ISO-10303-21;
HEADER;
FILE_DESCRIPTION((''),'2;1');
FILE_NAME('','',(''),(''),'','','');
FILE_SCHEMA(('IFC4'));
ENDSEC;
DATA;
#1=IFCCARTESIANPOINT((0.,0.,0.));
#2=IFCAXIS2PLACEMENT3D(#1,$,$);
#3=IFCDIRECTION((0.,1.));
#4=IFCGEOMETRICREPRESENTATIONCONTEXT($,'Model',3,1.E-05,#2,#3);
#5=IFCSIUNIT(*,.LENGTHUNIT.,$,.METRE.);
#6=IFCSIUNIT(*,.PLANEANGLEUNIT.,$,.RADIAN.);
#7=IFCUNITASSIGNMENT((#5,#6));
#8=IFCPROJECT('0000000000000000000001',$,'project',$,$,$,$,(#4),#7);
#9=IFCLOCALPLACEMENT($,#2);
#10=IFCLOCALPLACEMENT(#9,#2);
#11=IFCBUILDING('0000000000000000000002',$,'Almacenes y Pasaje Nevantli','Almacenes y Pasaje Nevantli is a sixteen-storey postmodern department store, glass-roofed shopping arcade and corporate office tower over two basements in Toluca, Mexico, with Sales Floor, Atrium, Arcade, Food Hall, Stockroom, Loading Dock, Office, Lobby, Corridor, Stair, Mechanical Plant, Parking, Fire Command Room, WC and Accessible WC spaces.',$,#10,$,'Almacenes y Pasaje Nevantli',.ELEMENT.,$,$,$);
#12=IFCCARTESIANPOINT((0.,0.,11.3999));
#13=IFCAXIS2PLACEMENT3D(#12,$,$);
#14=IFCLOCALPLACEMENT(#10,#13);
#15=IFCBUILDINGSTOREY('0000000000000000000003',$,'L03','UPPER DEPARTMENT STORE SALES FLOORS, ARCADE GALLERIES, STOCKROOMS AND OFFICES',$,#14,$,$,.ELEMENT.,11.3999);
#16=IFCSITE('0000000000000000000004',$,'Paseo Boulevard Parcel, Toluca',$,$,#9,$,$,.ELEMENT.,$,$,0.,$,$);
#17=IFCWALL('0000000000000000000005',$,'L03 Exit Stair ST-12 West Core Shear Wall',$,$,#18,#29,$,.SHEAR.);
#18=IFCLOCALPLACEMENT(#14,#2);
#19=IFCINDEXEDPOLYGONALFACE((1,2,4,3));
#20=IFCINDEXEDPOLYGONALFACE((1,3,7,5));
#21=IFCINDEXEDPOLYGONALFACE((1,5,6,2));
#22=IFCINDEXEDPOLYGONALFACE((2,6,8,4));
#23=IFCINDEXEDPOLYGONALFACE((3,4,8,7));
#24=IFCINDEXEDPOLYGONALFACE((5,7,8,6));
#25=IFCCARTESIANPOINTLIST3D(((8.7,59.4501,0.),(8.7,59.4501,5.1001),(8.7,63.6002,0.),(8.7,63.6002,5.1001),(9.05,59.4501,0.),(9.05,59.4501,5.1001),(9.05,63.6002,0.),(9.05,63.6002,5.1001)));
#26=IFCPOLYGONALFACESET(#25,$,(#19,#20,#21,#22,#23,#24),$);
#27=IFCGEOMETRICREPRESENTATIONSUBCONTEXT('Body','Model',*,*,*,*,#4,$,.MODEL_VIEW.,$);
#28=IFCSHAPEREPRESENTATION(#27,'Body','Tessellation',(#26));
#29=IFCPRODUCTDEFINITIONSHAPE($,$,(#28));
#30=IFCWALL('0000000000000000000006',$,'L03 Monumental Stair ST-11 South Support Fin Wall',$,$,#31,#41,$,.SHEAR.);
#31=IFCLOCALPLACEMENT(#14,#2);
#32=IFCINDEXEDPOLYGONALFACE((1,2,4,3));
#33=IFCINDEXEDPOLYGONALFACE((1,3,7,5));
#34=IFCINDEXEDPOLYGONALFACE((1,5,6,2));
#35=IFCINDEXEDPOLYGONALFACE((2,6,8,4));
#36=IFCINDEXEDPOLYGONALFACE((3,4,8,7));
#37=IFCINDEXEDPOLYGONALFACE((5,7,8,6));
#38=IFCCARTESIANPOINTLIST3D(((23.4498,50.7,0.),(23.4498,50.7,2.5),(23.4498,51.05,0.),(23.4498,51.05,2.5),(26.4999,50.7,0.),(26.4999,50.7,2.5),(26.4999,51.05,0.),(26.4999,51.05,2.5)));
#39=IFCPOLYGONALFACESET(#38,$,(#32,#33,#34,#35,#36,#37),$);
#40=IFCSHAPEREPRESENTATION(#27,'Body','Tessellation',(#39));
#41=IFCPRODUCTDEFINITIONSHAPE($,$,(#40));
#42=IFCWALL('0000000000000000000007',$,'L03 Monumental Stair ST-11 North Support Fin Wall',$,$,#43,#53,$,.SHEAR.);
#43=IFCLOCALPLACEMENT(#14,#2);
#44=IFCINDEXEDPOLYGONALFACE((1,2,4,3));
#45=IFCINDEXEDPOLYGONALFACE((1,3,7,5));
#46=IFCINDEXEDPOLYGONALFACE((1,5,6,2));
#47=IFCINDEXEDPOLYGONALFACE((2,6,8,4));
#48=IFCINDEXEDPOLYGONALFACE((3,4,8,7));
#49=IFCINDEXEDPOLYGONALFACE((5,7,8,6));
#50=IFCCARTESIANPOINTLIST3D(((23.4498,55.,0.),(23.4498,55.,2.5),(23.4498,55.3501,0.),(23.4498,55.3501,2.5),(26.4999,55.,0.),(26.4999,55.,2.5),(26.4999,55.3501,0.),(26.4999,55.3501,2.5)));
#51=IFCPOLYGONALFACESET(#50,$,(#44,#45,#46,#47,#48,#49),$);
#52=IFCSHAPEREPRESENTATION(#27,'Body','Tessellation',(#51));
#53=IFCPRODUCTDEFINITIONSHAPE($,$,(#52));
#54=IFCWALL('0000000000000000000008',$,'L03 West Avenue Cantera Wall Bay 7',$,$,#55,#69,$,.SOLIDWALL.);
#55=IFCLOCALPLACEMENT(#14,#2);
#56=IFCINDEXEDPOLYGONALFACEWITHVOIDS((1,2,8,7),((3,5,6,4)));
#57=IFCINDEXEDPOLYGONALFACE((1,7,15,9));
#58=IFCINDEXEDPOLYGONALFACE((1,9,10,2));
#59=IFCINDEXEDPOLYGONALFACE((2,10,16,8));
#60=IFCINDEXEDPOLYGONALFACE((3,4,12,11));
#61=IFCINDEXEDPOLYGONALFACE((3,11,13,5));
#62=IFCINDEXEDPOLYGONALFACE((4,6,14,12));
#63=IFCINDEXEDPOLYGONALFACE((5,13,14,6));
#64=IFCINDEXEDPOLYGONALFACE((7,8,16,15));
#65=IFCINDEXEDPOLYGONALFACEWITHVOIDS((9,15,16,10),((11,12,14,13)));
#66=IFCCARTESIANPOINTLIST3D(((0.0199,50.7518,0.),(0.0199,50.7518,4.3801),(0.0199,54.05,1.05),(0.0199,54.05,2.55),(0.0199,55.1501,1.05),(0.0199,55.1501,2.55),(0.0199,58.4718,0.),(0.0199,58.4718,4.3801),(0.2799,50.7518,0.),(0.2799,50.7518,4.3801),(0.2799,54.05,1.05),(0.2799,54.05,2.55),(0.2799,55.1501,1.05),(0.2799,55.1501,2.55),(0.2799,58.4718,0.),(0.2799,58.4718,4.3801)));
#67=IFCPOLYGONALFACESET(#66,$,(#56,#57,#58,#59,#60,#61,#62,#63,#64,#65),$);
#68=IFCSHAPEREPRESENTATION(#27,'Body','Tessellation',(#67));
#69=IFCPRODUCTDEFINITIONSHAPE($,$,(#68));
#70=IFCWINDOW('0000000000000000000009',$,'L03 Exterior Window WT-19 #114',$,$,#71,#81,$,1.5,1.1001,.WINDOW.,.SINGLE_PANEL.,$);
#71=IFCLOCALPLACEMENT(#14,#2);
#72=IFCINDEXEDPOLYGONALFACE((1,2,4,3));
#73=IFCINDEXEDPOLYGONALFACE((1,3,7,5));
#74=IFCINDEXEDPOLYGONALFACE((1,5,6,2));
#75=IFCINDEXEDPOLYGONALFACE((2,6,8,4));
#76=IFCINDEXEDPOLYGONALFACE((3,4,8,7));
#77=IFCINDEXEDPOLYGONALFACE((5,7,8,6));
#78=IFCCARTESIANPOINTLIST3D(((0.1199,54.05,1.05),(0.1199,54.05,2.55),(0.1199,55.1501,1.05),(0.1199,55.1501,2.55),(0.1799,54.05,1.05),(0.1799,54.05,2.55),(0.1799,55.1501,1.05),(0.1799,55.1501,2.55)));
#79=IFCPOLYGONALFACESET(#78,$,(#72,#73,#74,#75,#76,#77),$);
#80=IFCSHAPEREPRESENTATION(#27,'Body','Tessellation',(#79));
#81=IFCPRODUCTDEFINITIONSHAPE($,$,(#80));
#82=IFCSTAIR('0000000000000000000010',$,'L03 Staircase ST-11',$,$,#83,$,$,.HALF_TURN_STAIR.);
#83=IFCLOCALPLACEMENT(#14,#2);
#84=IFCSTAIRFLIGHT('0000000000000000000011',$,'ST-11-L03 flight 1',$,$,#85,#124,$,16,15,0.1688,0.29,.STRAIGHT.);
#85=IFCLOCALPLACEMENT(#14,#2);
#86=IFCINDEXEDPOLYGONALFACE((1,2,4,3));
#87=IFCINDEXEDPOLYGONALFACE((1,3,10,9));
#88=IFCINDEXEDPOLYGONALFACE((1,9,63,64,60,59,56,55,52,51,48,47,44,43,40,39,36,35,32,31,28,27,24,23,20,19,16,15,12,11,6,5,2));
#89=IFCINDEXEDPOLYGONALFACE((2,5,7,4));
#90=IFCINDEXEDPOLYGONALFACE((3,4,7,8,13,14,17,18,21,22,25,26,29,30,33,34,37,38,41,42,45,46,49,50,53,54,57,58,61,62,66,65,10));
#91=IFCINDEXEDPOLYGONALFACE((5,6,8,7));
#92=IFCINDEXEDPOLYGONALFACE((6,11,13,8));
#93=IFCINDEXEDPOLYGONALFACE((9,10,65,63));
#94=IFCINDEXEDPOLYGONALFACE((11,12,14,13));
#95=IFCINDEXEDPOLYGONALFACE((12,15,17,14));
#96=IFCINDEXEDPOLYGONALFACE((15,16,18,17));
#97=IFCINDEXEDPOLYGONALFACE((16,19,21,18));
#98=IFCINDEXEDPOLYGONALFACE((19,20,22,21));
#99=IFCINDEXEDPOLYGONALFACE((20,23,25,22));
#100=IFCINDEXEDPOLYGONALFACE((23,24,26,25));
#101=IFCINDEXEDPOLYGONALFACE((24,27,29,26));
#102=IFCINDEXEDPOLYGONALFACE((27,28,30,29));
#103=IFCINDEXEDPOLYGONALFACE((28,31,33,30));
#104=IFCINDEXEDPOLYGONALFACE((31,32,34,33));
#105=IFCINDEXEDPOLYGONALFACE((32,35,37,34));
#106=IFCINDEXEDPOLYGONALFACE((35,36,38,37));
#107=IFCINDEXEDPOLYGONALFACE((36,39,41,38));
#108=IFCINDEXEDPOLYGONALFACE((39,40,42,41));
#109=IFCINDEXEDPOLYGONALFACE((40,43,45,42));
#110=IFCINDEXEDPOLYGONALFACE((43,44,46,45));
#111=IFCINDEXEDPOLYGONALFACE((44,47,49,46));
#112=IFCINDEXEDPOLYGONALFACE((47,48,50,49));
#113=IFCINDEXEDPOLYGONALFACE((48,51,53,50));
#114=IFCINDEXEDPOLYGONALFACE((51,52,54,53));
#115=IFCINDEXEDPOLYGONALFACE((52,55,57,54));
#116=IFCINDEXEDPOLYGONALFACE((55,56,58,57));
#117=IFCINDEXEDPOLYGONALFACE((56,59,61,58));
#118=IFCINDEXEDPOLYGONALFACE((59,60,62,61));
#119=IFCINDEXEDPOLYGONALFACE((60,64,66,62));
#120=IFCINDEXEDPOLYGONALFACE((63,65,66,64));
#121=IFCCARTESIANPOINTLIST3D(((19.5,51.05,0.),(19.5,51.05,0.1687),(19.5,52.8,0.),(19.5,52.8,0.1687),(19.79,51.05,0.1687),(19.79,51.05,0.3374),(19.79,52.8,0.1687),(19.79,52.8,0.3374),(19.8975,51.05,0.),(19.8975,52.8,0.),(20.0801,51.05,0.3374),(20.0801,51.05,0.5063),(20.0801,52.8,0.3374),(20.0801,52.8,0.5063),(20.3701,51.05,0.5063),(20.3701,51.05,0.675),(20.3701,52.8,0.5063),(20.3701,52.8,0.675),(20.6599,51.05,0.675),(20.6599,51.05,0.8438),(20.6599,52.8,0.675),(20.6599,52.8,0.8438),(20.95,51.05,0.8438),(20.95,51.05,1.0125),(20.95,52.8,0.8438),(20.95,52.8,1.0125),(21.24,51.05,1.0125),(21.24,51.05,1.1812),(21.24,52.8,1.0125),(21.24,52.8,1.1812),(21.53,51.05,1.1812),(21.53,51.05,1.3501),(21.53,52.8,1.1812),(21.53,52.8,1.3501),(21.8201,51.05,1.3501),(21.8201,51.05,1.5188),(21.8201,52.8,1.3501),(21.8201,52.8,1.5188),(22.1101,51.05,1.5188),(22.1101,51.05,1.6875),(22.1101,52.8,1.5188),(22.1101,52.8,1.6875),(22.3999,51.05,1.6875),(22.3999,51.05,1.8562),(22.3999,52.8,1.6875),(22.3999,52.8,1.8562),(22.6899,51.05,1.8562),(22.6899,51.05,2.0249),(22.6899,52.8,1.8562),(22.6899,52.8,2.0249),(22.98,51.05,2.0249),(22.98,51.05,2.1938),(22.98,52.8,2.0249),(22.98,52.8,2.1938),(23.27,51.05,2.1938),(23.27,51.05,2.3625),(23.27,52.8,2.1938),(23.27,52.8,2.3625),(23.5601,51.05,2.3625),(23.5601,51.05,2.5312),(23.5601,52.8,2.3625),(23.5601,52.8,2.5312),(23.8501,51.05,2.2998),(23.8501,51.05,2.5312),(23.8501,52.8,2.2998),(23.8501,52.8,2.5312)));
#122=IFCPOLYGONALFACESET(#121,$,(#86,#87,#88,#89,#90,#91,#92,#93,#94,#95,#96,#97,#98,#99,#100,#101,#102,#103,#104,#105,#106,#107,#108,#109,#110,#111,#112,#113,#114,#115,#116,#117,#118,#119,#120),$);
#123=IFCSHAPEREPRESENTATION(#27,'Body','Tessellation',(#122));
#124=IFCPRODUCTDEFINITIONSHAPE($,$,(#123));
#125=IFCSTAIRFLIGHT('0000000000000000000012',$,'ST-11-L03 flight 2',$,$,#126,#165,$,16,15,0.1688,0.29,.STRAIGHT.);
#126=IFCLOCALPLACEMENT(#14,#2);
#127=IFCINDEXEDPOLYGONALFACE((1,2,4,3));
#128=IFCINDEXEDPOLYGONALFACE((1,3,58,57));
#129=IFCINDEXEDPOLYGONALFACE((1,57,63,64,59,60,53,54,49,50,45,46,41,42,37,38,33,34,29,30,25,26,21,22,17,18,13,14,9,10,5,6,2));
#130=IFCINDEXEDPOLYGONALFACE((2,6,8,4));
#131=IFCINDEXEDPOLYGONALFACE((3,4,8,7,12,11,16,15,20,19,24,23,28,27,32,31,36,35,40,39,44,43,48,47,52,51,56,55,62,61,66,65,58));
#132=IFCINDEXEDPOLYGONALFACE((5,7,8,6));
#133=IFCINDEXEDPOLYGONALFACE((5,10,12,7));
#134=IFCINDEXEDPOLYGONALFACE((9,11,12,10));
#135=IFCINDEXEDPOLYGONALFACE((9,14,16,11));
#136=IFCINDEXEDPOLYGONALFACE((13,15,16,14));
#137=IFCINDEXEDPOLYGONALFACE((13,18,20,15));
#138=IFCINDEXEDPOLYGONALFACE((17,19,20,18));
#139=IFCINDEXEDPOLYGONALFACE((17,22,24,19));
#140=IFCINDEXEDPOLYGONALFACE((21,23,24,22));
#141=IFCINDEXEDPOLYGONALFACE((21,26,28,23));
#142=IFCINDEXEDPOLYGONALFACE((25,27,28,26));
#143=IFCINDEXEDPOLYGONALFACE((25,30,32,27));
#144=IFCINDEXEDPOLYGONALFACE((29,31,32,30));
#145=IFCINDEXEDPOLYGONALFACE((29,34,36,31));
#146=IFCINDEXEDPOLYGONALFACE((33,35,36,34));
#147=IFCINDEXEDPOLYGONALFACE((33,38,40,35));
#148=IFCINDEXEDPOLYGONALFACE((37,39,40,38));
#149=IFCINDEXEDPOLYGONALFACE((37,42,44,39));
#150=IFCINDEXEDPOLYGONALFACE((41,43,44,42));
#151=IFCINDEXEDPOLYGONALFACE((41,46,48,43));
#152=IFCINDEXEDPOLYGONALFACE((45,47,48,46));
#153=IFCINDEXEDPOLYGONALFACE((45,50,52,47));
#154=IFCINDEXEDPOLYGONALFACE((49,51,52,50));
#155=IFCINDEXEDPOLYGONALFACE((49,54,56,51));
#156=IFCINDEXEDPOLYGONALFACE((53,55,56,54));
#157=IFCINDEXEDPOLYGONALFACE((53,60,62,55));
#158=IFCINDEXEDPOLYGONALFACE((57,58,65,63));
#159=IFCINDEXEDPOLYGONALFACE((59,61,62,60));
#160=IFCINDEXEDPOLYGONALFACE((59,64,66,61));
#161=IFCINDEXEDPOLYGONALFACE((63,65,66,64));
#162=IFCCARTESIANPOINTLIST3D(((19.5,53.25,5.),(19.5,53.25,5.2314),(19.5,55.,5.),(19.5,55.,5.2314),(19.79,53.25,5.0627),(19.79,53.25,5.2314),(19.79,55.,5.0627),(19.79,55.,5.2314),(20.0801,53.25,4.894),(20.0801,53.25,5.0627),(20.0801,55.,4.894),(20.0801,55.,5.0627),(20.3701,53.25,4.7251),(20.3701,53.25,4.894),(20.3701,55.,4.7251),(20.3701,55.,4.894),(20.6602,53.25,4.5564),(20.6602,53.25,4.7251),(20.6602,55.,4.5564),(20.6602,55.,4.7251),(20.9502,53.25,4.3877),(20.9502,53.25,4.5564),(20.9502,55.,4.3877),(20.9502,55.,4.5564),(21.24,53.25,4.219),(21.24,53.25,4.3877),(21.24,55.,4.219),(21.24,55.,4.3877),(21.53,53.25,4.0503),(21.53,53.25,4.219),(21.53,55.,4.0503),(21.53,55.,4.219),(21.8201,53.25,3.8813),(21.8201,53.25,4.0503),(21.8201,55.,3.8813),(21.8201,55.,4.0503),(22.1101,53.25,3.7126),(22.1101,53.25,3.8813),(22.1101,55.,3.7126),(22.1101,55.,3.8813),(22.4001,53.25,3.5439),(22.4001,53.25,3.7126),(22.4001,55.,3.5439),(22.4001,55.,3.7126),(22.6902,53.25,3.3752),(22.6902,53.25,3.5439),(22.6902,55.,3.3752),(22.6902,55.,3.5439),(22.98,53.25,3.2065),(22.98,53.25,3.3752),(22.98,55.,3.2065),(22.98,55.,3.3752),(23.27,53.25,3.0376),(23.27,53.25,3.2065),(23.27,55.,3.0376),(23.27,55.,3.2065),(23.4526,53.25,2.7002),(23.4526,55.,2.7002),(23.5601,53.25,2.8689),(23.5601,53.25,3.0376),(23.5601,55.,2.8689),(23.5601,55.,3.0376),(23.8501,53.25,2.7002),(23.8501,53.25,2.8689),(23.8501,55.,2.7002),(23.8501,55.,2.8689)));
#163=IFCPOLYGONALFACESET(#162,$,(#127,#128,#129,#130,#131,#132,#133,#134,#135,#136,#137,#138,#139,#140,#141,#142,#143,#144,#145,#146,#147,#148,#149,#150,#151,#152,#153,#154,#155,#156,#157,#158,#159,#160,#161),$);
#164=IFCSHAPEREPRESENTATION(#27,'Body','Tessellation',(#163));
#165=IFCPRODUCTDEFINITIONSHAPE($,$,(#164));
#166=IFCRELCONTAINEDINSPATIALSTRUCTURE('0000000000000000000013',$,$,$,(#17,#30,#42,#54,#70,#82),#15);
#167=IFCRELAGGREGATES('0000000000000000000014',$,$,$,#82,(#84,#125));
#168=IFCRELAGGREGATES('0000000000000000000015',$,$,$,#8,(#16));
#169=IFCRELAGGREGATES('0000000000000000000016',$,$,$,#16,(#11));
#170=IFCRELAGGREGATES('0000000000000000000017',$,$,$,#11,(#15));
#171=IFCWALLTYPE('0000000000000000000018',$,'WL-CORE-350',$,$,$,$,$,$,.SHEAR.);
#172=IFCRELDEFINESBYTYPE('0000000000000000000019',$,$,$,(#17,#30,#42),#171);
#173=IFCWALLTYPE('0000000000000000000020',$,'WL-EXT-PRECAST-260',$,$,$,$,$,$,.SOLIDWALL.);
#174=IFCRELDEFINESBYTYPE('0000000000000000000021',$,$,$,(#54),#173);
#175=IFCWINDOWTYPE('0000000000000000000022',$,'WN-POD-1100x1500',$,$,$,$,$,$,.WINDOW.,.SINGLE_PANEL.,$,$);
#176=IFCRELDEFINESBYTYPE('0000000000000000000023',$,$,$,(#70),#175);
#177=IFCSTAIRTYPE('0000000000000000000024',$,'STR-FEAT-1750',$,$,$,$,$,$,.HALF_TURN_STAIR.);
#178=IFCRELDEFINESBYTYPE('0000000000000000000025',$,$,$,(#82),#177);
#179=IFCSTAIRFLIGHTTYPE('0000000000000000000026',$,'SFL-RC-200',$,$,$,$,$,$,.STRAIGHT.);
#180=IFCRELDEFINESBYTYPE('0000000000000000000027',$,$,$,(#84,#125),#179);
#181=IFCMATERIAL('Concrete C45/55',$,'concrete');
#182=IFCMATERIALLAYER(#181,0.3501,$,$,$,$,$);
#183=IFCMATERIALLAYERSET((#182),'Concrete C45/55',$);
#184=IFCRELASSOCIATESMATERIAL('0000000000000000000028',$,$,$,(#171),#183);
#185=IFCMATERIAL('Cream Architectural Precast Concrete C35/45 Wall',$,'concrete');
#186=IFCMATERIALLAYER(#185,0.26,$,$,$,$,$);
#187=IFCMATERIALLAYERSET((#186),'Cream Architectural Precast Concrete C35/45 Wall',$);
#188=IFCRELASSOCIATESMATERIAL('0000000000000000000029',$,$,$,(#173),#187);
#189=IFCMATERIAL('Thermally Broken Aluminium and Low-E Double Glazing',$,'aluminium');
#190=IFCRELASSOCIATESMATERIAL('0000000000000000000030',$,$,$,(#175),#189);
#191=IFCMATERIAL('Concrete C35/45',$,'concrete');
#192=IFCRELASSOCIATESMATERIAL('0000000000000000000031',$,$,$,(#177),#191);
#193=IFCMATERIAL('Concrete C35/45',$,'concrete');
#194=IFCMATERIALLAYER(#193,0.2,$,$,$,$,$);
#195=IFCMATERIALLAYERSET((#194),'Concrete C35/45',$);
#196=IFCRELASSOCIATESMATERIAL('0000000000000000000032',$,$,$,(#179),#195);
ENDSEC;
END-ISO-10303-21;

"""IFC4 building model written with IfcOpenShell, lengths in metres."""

from ifc_helpers import new_model, si_unit, direction, frame, frame_2d, origin, place, context, subcontext, project, spatial, polyline, rectangle, outline, extrude, material, layer, layer_set, type_object, element, fill, aggregate, save


model = new_model("IFC4")

# Units and contexts
model_context = context("Model", 3, precision=1e-05, world=origin(), true_north=direction((0.0, 1.0)))
body_context = subcontext(model_context, "Body", "Model", "MODEL_VIEW")
ifc_project = project(units=[si_unit("LENGTHUNIT", "METRE"), si_unit("PLANEANGLEUNIT", "RADIAN")], contexts=[model_context])

# Site, building, storey
site_placement = place(None, origin())
site = spatial("IfcSite", under=ifc_project, at=site_placement, Name="Paseo Boulevard Parcel, Toluca", CompositionType="ELEMENT", RefElevation=0.0)
building_placement = place(site_placement, origin())
building = spatial("IfcBuilding", under=site, at=building_placement, Name="Almacenes y Pasaje Nevantli", Description="Almacenes y Pasaje Nevantli is a sixteen-storey postmodern department store, glass-roofed shopping arcade and corporate office tower over two basements in Toluca, Mexico, with Sales Floor, Atrium, Arcade, Food Hall, Stockroom, Loading Dock, Office, Lobby, Corridor, Stair, Mechanical Plant, Parking, Fire Command Room, WC and Accessible WC spaces.", LongName="Almacenes y Pasaje Nevantli", CompositionType="ELEMENT")
storey_placement = place(building_placement, frame((0.0, 0.0, 11.3999)))
storey = spatial("IfcBuildingStorey", under=building, at=storey_placement, Name="L03", Description="UPPER DEPARTMENT STORE SALES FLOORS, ARCADE GALLERIES, STOCKROOMS AND OFFICES", CompositionType="ELEMENT", Elevation=11.3999)

# Shared definitions
ifc_material_1 = material(Name="Concrete C45/55", Category="concrete")
ifc_layer_1 = layer(ifc_material_1, 0.3501)
ifc_layer_set_1 = layer_set([ifc_layer_1], Name="Concrete C45/55")
wall_type_1 = type_object("IfcWallType", Name="WL-CORE-350", PredefinedType="SHEAR", material=ifc_layer_set_1)

# Walls
wall_1_placement = place(storey_placement, frame((8.875, 59.45, 0.0), z_axis=(0.0, 0.0, 1.0), x_axis=(0.0, 1.0, 0.0)))
element("IfcWall", 1, at=wall_1_placement, inside=storey, type_object=wall_type_1, Name="L03 Exit Stair ST-12 West Core Shear Wall", PredefinedType="SHEAR", context=body_context, shape_type="SweptSolid", body=[
    extrude(rectangle(XDim=4.1501, YDim=0.3501, at=frame_2d((2.0752, 0.0))), origin(), (0.0, 0.0, 1.0), 5.1001),
])
for number, where, z_axis, x_axis, name in (
    (2, (23.45, 50.875, 0.0), (0.0, 0.0, 1.0), (1.0, 0.0, 0.0), "L03 Monumental Stair ST-11 South Support Fin Wall"),
    (3, (23.45, 55.175, 0.0), (0.0, 0.0, 1.0), (1.0, 0.0, 0.0), "L03 Monumental Stair ST-11 North Support Fin Wall"),
):
    element("IfcWall", number, at=place(storey_placement, frame(where, z_axis=z_axis, x_axis=x_axis)), inside=storey, type_object=wall_type_1, Name=name, PredefinedType="SHEAR", context=body_context, shape_type="SweptSolid", body=[
        extrude(rectangle(XDim=3.05, YDim=0.3501, at=frame_2d((1.5249, 0.0))), origin(), (0.0, 0.0, 1.0), 2.5),
    ])

# Wall, opening, window
ifc_material_2 = material(Name="Cream Architectural Precast Concrete C35/45 Wall", Category="concrete")
ifc_layer_2 = layer(ifc_material_2, 0.26)
ifc_layer_set_2 = layer_set([ifc_layer_2], Name="Cream Architectural Precast Concrete C35/45 Wall")
wall_type_2 = type_object("IfcWallType", Name="WL-EXT-PRECAST-260", PredefinedType="SOLIDWALL", material=ifc_layer_set_2)
wall_2_placement = place(storey_placement, frame((0.1499, 50.752, 0.0), z_axis=(0.0, 0.0, 1.0), x_axis=(0.0, 1.0, 0.0)))
wall_2 = element("IfcWall", 4, at=wall_2_placement, inside=storey, type_object=wall_type_2, Name="L03 West Avenue Cantera Wall Bay 7", PredefinedType="SOLIDWALL", context=body_context, shape_type="SweptSolid", body=[
    extrude(rectangle(XDim=7.72, YDim=0.26, at=frame_2d((3.8599, 0.0))), origin(), (0.0, 0.0, 1.0), 4.3801),
])
opening_1_placement = place(wall_2_placement, frame((3.2981, 0.0, 1.05)))
opening_1 = element("IfcOpeningElement", 5, at=opening_1_placement, cuts=wall_2, PredefinedType="OPENING", context=body_context, shape_type="SweptSolid", body=[
    extrude(rectangle(XDim=1.1001, YDim=1.5, at=frame_2d((0.55, 0.75))), frame((0.0, 0.1399, 0.0), z_axis=(0.0, -1.0, 0.0), x_axis=(1.0, 0.0, 0.0)), (0.0, 0.0, 1.0), 0.28),
])
ifc_material_3 = material(Name="Thermally Broken Aluminium and Low-E Double Glazing", Category="aluminium")
window_type = type_object("IfcWindowType", Name="WN-POD-1100x1500", PartitioningType="SINGLE_PANEL", PredefinedType="WINDOW", material=ifc_material_3)
window_placement = place(opening_1_placement, origin())
window = element("IfcWindow", 6, at=window_placement, inside=storey, type_object=window_type, Name="L03 Exterior Window WT-19 #114", OverallHeight=1.5, OverallWidth=1.1001, PartitioningType="SINGLE_PANEL", PredefinedType="WINDOW", context=body_context, shape_type="SweptSolid", body=[
    extrude(rectangle(XDim=1.1001, YDim=1.5, at=frame_2d((0.55, 0.75))), frame((0.0, 0.03, 0.0), z_axis=(0.0, -1.0, 0.0), x_axis=(1.0, 0.0, 0.0)), (0.0, 0.0, 1.0), 0.0601),
])
fill(opening_1, window)

# Stair, stair flights
ifc_material_4 = material(Name="Concrete C35/45", Category="concrete")
stair_type = type_object("IfcStairType", Name="STR-FEAT-1750", PredefinedType="HALF_TURN_STAIR", material=ifc_material_4)
stair_placement = place(storey_placement, origin())
stair = element("IfcStair", 7, at=stair_placement, inside=storey, type_object=stair_type, Name="L03 Staircase ST-11", PredefinedType="HALF_TURN_STAIR")
ifc_material_5 = material(Name="Concrete C35/45", Category="concrete")
ifc_layer_3 = layer(ifc_material_5, 0.2)
ifc_layer_set_3 = layer_set([ifc_layer_3], Name="Concrete C35/45")
stair_flight_type = type_object("IfcStairFlightType", Name="SFL-RC-200", PredefinedType="STRAIGHT", material=ifc_layer_set_3)
stair_flight_1_placement = place(storey_placement, frame((19.5, 51.925, 0.0), z_axis=(0.0, 0.0, 1.0), x_axis=(1.0, 0.0, 0.0)))
stair_flight_1 = element("IfcStairFlight", 8, at=stair_flight_1_placement, type_object=stair_flight_type, Name="ST-11-L03 flight 1", NumberOfRisers=16, NumberOfTreads=15, PredefinedType="STRAIGHT", RiserHeight=0.1688, TreadLength=0.29, context=body_context, shape_type="SweptSolid", body=[
    extrude(outline(polyline([(0.0, 0.0), (0.0, 0.1687), (0.29, 0.1687), (0.29, 0.3374), (0.5801, 0.3374), (0.5801, 0.5063), (0.8701, 0.5063), (0.8701, 0.675), (1.1599, 0.675), (1.1599, 0.8438), (1.45, 0.8438), (1.45, 1.0125), (1.74, 1.0125), (1.74, 1.1812), (2.03, 1.1812), (2.03, 1.3501), (2.3201, 1.3501), (2.3201, 1.5188), (2.6101, 1.5188), (2.6101, 1.6875), (2.8999, 1.6875), (2.8999, 1.8562), (3.1899, 1.8562), (3.1899, 2.0249), (3.48, 2.0249), (3.48, 2.1938), (3.77, 2.1938), (3.77, 2.3625), (4.0601, 2.3625), (4.0601, 2.5312), (4.3501, 2.5312), (4.3501, 2.7), (4.3501, 2.2998), (0.3975, 0.0), (0.0, 0.0)])), frame((0.0, 0.875, 0.0), z_axis=(0.0, -1.0, 0.0), x_axis=(1.0, 0.0, 0.0)), (0.0, 0.0, 1.0), 1.75),
])
stair_flight_2_placement = place(storey_placement, frame((23.8501, 54.125, 2.7002), z_axis=(0.0, 0.0, 1.0), x_axis=(-1.0, 0.0, 0.0)))
stair_flight_2 = element("IfcStairFlight", 9, at=stair_flight_2_placement, type_object=stair_flight_type, Name="ST-11-L03 flight 2", NumberOfRisers=16, NumberOfTreads=15, PredefinedType="STRAIGHT", RiserHeight=0.1688, TreadLength=0.29, context=body_context, shape_type="SweptSolid", body=[
    extrude(outline(polyline([(0.0, 0.0), (0.0, 0.1687), (0.29, 0.1687), (0.29, 0.3374), (0.5801, 0.3374), (0.5801, 0.5063), (0.8701, 0.5063), (0.8701, 0.675), (1.1599, 0.675), (1.1599, 0.8438), (1.45, 0.8438), (1.45, 1.0125), (1.74, 1.0125), (1.74, 1.1812), (2.03, 1.1812), (2.03, 1.3501), (2.3201, 1.3501), (2.3201, 1.5188), (2.6101, 1.5188), (2.6101, 1.6875), (2.8999, 1.6875), (2.8999, 1.8562), (3.1899, 1.8562), (3.1899, 2.0249), (3.48, 2.0249), (3.48, 2.1938), (3.77, 2.1938), (3.77, 2.3625), (4.0601, 2.3625), (4.0601, 2.5312), (4.3501, 2.5312), (4.3501, 2.7), (4.3501, 2.2998), (0.3975, 0.0), (0.0, 0.0)])), frame((0.0, 0.875, 0.0), z_axis=(0.0, -1.0, 0.0), x_axis=(1.0, 0.0, 0.0)), (0.0, 0.0, 1.0), 1.75),
])
aggregate(stair, [stair_flight_1, stair_flight_2])

save(model, "model.ifc")
